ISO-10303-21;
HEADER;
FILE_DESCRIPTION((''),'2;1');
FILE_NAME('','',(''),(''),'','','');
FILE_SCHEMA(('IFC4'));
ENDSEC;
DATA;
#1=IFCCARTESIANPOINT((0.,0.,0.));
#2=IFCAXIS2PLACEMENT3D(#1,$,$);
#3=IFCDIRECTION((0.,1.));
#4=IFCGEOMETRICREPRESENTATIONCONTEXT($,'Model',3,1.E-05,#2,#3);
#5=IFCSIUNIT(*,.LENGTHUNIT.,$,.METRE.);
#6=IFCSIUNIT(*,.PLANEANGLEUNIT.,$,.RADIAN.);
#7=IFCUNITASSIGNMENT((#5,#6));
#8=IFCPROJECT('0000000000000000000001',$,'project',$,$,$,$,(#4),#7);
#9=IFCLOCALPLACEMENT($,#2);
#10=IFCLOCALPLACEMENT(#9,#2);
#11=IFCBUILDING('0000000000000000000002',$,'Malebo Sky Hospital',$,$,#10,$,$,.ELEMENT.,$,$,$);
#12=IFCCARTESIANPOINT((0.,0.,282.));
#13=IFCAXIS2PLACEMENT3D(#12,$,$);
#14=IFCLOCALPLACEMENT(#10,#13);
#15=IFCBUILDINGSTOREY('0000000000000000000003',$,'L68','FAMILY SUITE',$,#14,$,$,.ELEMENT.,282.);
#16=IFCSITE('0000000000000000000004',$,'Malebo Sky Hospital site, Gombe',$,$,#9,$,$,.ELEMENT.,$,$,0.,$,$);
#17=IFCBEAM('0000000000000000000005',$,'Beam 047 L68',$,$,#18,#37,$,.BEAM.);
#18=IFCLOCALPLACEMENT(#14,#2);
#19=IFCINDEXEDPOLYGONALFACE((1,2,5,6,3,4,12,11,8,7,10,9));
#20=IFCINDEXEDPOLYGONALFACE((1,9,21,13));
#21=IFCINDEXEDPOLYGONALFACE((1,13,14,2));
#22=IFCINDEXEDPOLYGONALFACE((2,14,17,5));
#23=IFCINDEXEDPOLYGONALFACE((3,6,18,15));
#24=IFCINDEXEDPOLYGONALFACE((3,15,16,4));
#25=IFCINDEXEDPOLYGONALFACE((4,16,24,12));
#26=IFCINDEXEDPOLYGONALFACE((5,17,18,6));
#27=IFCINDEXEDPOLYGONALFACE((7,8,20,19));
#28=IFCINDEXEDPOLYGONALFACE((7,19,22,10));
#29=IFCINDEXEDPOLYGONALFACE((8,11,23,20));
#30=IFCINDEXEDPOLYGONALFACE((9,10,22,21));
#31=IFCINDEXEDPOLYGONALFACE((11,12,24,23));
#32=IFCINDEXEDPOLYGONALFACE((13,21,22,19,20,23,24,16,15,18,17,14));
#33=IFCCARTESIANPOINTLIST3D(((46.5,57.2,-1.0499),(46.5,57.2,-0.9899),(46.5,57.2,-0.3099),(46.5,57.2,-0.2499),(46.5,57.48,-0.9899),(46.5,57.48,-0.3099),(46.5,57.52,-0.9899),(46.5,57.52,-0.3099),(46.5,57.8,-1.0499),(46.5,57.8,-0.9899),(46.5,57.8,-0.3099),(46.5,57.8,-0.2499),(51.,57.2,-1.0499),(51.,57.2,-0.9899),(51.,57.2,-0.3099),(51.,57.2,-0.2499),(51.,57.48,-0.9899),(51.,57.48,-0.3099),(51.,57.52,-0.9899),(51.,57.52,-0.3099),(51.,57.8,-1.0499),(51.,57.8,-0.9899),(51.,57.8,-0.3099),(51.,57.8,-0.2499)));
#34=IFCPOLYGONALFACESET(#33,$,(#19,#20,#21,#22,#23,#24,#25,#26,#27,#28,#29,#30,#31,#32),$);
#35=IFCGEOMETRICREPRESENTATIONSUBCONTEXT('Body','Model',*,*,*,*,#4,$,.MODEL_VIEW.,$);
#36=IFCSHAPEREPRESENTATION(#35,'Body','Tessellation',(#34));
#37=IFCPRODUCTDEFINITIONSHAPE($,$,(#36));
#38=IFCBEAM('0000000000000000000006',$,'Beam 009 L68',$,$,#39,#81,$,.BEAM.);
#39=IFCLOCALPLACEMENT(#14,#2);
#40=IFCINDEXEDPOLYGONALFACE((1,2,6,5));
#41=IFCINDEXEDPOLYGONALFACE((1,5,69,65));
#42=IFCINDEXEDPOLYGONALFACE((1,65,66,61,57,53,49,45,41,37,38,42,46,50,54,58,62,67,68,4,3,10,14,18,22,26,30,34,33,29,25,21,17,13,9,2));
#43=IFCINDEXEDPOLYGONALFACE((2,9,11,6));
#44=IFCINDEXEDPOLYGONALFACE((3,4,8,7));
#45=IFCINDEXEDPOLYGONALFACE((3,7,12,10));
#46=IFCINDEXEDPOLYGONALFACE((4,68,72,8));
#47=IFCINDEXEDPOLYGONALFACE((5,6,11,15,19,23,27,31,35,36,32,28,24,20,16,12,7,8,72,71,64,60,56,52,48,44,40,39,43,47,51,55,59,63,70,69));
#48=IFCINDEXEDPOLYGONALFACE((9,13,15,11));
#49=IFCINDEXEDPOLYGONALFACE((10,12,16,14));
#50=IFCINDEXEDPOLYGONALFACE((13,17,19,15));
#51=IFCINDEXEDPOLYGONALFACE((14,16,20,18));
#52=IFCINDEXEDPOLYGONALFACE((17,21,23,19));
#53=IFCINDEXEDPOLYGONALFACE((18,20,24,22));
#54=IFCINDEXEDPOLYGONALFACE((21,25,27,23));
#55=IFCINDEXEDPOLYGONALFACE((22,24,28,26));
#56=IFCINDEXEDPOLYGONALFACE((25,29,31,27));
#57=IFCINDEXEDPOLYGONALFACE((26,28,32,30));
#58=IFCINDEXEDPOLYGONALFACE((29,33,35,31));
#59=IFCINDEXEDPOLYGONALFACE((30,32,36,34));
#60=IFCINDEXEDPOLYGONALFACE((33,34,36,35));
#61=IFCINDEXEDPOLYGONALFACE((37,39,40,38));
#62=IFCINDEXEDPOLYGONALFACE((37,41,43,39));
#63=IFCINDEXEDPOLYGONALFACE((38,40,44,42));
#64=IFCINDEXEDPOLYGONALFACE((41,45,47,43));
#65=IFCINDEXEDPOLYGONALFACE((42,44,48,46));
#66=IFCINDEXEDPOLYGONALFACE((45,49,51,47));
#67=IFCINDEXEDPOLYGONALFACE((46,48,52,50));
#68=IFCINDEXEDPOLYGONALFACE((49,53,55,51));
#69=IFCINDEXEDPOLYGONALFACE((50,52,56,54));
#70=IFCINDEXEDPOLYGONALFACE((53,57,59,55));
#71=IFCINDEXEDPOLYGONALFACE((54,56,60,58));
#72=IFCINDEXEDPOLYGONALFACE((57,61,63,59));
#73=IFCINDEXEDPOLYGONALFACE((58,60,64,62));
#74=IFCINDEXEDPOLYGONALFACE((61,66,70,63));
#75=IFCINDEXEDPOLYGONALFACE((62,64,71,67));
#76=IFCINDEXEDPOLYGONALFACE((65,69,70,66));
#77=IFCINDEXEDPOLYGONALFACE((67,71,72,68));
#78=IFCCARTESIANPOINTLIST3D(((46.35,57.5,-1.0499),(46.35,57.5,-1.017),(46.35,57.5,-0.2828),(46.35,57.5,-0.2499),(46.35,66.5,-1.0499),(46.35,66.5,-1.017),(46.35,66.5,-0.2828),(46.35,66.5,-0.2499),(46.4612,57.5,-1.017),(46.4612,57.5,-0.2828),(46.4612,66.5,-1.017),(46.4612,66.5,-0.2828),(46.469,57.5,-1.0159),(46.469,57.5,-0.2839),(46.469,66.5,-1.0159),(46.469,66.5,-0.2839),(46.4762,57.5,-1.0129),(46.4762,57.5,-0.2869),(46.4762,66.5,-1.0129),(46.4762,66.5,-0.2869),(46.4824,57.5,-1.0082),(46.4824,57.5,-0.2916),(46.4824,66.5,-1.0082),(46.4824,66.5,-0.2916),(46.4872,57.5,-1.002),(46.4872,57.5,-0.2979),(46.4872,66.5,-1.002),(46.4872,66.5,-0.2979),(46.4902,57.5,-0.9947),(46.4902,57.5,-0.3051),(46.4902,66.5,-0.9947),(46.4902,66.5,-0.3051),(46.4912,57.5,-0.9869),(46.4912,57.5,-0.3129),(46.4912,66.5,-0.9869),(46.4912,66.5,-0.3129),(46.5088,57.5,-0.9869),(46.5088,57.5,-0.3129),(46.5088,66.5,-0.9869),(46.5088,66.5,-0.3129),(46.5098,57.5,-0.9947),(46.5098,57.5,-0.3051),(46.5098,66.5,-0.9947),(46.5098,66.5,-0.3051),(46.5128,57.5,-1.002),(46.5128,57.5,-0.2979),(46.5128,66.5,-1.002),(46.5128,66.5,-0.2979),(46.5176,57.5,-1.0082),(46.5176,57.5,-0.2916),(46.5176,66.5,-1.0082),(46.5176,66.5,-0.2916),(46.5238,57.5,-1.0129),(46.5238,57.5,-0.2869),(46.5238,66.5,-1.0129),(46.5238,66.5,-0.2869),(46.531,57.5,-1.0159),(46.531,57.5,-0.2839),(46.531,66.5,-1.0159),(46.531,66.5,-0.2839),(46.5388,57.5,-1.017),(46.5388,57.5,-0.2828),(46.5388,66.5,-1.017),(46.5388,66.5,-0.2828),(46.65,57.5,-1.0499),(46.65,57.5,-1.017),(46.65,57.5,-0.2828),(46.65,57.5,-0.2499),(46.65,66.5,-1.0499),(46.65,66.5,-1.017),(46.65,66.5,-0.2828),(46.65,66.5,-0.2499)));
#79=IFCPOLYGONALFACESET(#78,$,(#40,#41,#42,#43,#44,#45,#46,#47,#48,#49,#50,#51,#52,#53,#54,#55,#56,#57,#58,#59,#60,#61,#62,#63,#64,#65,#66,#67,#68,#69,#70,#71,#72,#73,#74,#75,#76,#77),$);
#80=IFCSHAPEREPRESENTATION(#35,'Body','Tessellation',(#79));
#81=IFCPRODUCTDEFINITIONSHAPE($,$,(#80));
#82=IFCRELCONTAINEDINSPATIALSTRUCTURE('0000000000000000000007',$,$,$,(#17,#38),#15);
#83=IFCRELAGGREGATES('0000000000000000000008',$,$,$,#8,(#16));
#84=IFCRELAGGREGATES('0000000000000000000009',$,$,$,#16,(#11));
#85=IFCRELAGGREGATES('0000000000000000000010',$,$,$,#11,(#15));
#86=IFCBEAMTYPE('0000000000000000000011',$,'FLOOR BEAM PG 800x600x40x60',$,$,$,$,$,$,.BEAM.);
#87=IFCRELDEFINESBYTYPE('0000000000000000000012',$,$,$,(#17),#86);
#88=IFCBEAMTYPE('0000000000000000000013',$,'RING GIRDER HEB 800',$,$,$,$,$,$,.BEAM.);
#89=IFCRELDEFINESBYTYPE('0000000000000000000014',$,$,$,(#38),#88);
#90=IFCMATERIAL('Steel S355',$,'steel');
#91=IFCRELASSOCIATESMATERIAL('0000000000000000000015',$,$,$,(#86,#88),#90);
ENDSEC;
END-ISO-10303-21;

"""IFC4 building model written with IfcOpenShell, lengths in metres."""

from ifc_helpers import new_model, si_unit, direction, frame, origin, origin_2d, place, context, subcontext, project, spatial, i_section, extrude, material, material_profile, profile_set, type_object, element, save


model = new_model("IFC4")

# Units and contexts
model_context = context("Model", 3, precision=1e-05, world=origin(), true_north=direction((0.0, 1.0)))
body_context = subcontext(model_context, "Body", "Model", "MODEL_VIEW")
ifc_project = project(units=[si_unit("LENGTHUNIT", "METRE"), si_unit("PLANEANGLEUNIT", "RADIAN")], contexts=[model_context])

# Site, building, storey
site_placement = place(None, origin())
site = spatial("IfcSite", under=ifc_project, at=site_placement, Name="Malebo Sky Hospital site, Gombe", CompositionType="ELEMENT", RefElevation=0.0)
building_placement = place(site_placement, origin())
building = spatial("IfcBuilding", under=site, at=building_placement, Name="Malebo Sky Hospital", CompositionType="ELEMENT")
storey_placement = place(building_placement, frame((0.0, 0.0, 282.0)))
storey = spatial("IfcBuildingStorey", under=building, at=storey_placement, Name="L68", Description="FAMILY SUITE", CompositionType="ELEMENT", Elevation=282.0)

# Beams
ifc_material_1 = material(Name="Steel S355", Category="steel")
ifc_material_profile_1 = material_profile(ifc_material_1, i_section(OverallWidth=0.6001, OverallDepth=0.8, WebThickness=0.04, FlangeThickness=0.0601, at=origin_2d()), Name="PG 800x600x40x60")
ifc_profile_set_1 = profile_set([ifc_material_profile_1], Name="Steel S355")
beam_type_1 = type_object("IfcBeamType", Name="FLOOR BEAM PG 800x600x40x60", PredefinedType="BEAM", material=ifc_profile_set_1)
beam_1_placement = place(storey_placement, frame((46.5, 57.5, -0.6499), z_axis=(1.0, 0.0, 0.0), x_axis=(0.0, 1.0, 0.0)))
element("IfcBeam", 1, at=beam_1_placement, inside=storey, type_object=beam_type_1, Name="Beam 047 L68", PredefinedType="BEAM", context=body_context, shape_type="SweptSolid", body=[
    extrude(i_section(OverallWidth=0.6001, OverallDepth=0.8, WebThickness=0.04, FlangeThickness=0.0601, at=origin_2d()), origin(), (0.0, 0.0, 1.0), 4.5),
])
ifc_material_profile_2 = material_profile(ifc_material_1, i_section(OverallWidth=0.3, OverallDepth=0.8, WebThickness=0.0176, FlangeThickness=0.033, FilletRadius=0.03, at=origin_2d()), Name="HEB 800")
ifc_profile_set_2 = profile_set([ifc_material_profile_2], Name="Steel S355")
beam_type_2 = type_object("IfcBeamType", Name="RING GIRDER HEB 800", PredefinedType="BEAM", material=ifc_profile_set_2)
beam_2_placement = place(storey_placement, frame((46.5, 57.5, -0.6499), z_axis=(0.0, 1.0, 0.0), x_axis=(-1.0, 0.0, 0.0)))
element("IfcBeam", 2, at=beam_2_placement, inside=storey, type_object=beam_type_2, Name="Beam 009 L68", PredefinedType="BEAM", context=body_context, shape_type="SweptSolid", body=[
    extrude(i_section(OverallWidth=0.3, OverallDepth=0.8, WebThickness=0.0176, FlangeThickness=0.033, FilletRadius=0.03, at=origin_2d()), origin(), (0.0, 0.0, 1.0), 9.0),
])

save(model, "model.ifc")
